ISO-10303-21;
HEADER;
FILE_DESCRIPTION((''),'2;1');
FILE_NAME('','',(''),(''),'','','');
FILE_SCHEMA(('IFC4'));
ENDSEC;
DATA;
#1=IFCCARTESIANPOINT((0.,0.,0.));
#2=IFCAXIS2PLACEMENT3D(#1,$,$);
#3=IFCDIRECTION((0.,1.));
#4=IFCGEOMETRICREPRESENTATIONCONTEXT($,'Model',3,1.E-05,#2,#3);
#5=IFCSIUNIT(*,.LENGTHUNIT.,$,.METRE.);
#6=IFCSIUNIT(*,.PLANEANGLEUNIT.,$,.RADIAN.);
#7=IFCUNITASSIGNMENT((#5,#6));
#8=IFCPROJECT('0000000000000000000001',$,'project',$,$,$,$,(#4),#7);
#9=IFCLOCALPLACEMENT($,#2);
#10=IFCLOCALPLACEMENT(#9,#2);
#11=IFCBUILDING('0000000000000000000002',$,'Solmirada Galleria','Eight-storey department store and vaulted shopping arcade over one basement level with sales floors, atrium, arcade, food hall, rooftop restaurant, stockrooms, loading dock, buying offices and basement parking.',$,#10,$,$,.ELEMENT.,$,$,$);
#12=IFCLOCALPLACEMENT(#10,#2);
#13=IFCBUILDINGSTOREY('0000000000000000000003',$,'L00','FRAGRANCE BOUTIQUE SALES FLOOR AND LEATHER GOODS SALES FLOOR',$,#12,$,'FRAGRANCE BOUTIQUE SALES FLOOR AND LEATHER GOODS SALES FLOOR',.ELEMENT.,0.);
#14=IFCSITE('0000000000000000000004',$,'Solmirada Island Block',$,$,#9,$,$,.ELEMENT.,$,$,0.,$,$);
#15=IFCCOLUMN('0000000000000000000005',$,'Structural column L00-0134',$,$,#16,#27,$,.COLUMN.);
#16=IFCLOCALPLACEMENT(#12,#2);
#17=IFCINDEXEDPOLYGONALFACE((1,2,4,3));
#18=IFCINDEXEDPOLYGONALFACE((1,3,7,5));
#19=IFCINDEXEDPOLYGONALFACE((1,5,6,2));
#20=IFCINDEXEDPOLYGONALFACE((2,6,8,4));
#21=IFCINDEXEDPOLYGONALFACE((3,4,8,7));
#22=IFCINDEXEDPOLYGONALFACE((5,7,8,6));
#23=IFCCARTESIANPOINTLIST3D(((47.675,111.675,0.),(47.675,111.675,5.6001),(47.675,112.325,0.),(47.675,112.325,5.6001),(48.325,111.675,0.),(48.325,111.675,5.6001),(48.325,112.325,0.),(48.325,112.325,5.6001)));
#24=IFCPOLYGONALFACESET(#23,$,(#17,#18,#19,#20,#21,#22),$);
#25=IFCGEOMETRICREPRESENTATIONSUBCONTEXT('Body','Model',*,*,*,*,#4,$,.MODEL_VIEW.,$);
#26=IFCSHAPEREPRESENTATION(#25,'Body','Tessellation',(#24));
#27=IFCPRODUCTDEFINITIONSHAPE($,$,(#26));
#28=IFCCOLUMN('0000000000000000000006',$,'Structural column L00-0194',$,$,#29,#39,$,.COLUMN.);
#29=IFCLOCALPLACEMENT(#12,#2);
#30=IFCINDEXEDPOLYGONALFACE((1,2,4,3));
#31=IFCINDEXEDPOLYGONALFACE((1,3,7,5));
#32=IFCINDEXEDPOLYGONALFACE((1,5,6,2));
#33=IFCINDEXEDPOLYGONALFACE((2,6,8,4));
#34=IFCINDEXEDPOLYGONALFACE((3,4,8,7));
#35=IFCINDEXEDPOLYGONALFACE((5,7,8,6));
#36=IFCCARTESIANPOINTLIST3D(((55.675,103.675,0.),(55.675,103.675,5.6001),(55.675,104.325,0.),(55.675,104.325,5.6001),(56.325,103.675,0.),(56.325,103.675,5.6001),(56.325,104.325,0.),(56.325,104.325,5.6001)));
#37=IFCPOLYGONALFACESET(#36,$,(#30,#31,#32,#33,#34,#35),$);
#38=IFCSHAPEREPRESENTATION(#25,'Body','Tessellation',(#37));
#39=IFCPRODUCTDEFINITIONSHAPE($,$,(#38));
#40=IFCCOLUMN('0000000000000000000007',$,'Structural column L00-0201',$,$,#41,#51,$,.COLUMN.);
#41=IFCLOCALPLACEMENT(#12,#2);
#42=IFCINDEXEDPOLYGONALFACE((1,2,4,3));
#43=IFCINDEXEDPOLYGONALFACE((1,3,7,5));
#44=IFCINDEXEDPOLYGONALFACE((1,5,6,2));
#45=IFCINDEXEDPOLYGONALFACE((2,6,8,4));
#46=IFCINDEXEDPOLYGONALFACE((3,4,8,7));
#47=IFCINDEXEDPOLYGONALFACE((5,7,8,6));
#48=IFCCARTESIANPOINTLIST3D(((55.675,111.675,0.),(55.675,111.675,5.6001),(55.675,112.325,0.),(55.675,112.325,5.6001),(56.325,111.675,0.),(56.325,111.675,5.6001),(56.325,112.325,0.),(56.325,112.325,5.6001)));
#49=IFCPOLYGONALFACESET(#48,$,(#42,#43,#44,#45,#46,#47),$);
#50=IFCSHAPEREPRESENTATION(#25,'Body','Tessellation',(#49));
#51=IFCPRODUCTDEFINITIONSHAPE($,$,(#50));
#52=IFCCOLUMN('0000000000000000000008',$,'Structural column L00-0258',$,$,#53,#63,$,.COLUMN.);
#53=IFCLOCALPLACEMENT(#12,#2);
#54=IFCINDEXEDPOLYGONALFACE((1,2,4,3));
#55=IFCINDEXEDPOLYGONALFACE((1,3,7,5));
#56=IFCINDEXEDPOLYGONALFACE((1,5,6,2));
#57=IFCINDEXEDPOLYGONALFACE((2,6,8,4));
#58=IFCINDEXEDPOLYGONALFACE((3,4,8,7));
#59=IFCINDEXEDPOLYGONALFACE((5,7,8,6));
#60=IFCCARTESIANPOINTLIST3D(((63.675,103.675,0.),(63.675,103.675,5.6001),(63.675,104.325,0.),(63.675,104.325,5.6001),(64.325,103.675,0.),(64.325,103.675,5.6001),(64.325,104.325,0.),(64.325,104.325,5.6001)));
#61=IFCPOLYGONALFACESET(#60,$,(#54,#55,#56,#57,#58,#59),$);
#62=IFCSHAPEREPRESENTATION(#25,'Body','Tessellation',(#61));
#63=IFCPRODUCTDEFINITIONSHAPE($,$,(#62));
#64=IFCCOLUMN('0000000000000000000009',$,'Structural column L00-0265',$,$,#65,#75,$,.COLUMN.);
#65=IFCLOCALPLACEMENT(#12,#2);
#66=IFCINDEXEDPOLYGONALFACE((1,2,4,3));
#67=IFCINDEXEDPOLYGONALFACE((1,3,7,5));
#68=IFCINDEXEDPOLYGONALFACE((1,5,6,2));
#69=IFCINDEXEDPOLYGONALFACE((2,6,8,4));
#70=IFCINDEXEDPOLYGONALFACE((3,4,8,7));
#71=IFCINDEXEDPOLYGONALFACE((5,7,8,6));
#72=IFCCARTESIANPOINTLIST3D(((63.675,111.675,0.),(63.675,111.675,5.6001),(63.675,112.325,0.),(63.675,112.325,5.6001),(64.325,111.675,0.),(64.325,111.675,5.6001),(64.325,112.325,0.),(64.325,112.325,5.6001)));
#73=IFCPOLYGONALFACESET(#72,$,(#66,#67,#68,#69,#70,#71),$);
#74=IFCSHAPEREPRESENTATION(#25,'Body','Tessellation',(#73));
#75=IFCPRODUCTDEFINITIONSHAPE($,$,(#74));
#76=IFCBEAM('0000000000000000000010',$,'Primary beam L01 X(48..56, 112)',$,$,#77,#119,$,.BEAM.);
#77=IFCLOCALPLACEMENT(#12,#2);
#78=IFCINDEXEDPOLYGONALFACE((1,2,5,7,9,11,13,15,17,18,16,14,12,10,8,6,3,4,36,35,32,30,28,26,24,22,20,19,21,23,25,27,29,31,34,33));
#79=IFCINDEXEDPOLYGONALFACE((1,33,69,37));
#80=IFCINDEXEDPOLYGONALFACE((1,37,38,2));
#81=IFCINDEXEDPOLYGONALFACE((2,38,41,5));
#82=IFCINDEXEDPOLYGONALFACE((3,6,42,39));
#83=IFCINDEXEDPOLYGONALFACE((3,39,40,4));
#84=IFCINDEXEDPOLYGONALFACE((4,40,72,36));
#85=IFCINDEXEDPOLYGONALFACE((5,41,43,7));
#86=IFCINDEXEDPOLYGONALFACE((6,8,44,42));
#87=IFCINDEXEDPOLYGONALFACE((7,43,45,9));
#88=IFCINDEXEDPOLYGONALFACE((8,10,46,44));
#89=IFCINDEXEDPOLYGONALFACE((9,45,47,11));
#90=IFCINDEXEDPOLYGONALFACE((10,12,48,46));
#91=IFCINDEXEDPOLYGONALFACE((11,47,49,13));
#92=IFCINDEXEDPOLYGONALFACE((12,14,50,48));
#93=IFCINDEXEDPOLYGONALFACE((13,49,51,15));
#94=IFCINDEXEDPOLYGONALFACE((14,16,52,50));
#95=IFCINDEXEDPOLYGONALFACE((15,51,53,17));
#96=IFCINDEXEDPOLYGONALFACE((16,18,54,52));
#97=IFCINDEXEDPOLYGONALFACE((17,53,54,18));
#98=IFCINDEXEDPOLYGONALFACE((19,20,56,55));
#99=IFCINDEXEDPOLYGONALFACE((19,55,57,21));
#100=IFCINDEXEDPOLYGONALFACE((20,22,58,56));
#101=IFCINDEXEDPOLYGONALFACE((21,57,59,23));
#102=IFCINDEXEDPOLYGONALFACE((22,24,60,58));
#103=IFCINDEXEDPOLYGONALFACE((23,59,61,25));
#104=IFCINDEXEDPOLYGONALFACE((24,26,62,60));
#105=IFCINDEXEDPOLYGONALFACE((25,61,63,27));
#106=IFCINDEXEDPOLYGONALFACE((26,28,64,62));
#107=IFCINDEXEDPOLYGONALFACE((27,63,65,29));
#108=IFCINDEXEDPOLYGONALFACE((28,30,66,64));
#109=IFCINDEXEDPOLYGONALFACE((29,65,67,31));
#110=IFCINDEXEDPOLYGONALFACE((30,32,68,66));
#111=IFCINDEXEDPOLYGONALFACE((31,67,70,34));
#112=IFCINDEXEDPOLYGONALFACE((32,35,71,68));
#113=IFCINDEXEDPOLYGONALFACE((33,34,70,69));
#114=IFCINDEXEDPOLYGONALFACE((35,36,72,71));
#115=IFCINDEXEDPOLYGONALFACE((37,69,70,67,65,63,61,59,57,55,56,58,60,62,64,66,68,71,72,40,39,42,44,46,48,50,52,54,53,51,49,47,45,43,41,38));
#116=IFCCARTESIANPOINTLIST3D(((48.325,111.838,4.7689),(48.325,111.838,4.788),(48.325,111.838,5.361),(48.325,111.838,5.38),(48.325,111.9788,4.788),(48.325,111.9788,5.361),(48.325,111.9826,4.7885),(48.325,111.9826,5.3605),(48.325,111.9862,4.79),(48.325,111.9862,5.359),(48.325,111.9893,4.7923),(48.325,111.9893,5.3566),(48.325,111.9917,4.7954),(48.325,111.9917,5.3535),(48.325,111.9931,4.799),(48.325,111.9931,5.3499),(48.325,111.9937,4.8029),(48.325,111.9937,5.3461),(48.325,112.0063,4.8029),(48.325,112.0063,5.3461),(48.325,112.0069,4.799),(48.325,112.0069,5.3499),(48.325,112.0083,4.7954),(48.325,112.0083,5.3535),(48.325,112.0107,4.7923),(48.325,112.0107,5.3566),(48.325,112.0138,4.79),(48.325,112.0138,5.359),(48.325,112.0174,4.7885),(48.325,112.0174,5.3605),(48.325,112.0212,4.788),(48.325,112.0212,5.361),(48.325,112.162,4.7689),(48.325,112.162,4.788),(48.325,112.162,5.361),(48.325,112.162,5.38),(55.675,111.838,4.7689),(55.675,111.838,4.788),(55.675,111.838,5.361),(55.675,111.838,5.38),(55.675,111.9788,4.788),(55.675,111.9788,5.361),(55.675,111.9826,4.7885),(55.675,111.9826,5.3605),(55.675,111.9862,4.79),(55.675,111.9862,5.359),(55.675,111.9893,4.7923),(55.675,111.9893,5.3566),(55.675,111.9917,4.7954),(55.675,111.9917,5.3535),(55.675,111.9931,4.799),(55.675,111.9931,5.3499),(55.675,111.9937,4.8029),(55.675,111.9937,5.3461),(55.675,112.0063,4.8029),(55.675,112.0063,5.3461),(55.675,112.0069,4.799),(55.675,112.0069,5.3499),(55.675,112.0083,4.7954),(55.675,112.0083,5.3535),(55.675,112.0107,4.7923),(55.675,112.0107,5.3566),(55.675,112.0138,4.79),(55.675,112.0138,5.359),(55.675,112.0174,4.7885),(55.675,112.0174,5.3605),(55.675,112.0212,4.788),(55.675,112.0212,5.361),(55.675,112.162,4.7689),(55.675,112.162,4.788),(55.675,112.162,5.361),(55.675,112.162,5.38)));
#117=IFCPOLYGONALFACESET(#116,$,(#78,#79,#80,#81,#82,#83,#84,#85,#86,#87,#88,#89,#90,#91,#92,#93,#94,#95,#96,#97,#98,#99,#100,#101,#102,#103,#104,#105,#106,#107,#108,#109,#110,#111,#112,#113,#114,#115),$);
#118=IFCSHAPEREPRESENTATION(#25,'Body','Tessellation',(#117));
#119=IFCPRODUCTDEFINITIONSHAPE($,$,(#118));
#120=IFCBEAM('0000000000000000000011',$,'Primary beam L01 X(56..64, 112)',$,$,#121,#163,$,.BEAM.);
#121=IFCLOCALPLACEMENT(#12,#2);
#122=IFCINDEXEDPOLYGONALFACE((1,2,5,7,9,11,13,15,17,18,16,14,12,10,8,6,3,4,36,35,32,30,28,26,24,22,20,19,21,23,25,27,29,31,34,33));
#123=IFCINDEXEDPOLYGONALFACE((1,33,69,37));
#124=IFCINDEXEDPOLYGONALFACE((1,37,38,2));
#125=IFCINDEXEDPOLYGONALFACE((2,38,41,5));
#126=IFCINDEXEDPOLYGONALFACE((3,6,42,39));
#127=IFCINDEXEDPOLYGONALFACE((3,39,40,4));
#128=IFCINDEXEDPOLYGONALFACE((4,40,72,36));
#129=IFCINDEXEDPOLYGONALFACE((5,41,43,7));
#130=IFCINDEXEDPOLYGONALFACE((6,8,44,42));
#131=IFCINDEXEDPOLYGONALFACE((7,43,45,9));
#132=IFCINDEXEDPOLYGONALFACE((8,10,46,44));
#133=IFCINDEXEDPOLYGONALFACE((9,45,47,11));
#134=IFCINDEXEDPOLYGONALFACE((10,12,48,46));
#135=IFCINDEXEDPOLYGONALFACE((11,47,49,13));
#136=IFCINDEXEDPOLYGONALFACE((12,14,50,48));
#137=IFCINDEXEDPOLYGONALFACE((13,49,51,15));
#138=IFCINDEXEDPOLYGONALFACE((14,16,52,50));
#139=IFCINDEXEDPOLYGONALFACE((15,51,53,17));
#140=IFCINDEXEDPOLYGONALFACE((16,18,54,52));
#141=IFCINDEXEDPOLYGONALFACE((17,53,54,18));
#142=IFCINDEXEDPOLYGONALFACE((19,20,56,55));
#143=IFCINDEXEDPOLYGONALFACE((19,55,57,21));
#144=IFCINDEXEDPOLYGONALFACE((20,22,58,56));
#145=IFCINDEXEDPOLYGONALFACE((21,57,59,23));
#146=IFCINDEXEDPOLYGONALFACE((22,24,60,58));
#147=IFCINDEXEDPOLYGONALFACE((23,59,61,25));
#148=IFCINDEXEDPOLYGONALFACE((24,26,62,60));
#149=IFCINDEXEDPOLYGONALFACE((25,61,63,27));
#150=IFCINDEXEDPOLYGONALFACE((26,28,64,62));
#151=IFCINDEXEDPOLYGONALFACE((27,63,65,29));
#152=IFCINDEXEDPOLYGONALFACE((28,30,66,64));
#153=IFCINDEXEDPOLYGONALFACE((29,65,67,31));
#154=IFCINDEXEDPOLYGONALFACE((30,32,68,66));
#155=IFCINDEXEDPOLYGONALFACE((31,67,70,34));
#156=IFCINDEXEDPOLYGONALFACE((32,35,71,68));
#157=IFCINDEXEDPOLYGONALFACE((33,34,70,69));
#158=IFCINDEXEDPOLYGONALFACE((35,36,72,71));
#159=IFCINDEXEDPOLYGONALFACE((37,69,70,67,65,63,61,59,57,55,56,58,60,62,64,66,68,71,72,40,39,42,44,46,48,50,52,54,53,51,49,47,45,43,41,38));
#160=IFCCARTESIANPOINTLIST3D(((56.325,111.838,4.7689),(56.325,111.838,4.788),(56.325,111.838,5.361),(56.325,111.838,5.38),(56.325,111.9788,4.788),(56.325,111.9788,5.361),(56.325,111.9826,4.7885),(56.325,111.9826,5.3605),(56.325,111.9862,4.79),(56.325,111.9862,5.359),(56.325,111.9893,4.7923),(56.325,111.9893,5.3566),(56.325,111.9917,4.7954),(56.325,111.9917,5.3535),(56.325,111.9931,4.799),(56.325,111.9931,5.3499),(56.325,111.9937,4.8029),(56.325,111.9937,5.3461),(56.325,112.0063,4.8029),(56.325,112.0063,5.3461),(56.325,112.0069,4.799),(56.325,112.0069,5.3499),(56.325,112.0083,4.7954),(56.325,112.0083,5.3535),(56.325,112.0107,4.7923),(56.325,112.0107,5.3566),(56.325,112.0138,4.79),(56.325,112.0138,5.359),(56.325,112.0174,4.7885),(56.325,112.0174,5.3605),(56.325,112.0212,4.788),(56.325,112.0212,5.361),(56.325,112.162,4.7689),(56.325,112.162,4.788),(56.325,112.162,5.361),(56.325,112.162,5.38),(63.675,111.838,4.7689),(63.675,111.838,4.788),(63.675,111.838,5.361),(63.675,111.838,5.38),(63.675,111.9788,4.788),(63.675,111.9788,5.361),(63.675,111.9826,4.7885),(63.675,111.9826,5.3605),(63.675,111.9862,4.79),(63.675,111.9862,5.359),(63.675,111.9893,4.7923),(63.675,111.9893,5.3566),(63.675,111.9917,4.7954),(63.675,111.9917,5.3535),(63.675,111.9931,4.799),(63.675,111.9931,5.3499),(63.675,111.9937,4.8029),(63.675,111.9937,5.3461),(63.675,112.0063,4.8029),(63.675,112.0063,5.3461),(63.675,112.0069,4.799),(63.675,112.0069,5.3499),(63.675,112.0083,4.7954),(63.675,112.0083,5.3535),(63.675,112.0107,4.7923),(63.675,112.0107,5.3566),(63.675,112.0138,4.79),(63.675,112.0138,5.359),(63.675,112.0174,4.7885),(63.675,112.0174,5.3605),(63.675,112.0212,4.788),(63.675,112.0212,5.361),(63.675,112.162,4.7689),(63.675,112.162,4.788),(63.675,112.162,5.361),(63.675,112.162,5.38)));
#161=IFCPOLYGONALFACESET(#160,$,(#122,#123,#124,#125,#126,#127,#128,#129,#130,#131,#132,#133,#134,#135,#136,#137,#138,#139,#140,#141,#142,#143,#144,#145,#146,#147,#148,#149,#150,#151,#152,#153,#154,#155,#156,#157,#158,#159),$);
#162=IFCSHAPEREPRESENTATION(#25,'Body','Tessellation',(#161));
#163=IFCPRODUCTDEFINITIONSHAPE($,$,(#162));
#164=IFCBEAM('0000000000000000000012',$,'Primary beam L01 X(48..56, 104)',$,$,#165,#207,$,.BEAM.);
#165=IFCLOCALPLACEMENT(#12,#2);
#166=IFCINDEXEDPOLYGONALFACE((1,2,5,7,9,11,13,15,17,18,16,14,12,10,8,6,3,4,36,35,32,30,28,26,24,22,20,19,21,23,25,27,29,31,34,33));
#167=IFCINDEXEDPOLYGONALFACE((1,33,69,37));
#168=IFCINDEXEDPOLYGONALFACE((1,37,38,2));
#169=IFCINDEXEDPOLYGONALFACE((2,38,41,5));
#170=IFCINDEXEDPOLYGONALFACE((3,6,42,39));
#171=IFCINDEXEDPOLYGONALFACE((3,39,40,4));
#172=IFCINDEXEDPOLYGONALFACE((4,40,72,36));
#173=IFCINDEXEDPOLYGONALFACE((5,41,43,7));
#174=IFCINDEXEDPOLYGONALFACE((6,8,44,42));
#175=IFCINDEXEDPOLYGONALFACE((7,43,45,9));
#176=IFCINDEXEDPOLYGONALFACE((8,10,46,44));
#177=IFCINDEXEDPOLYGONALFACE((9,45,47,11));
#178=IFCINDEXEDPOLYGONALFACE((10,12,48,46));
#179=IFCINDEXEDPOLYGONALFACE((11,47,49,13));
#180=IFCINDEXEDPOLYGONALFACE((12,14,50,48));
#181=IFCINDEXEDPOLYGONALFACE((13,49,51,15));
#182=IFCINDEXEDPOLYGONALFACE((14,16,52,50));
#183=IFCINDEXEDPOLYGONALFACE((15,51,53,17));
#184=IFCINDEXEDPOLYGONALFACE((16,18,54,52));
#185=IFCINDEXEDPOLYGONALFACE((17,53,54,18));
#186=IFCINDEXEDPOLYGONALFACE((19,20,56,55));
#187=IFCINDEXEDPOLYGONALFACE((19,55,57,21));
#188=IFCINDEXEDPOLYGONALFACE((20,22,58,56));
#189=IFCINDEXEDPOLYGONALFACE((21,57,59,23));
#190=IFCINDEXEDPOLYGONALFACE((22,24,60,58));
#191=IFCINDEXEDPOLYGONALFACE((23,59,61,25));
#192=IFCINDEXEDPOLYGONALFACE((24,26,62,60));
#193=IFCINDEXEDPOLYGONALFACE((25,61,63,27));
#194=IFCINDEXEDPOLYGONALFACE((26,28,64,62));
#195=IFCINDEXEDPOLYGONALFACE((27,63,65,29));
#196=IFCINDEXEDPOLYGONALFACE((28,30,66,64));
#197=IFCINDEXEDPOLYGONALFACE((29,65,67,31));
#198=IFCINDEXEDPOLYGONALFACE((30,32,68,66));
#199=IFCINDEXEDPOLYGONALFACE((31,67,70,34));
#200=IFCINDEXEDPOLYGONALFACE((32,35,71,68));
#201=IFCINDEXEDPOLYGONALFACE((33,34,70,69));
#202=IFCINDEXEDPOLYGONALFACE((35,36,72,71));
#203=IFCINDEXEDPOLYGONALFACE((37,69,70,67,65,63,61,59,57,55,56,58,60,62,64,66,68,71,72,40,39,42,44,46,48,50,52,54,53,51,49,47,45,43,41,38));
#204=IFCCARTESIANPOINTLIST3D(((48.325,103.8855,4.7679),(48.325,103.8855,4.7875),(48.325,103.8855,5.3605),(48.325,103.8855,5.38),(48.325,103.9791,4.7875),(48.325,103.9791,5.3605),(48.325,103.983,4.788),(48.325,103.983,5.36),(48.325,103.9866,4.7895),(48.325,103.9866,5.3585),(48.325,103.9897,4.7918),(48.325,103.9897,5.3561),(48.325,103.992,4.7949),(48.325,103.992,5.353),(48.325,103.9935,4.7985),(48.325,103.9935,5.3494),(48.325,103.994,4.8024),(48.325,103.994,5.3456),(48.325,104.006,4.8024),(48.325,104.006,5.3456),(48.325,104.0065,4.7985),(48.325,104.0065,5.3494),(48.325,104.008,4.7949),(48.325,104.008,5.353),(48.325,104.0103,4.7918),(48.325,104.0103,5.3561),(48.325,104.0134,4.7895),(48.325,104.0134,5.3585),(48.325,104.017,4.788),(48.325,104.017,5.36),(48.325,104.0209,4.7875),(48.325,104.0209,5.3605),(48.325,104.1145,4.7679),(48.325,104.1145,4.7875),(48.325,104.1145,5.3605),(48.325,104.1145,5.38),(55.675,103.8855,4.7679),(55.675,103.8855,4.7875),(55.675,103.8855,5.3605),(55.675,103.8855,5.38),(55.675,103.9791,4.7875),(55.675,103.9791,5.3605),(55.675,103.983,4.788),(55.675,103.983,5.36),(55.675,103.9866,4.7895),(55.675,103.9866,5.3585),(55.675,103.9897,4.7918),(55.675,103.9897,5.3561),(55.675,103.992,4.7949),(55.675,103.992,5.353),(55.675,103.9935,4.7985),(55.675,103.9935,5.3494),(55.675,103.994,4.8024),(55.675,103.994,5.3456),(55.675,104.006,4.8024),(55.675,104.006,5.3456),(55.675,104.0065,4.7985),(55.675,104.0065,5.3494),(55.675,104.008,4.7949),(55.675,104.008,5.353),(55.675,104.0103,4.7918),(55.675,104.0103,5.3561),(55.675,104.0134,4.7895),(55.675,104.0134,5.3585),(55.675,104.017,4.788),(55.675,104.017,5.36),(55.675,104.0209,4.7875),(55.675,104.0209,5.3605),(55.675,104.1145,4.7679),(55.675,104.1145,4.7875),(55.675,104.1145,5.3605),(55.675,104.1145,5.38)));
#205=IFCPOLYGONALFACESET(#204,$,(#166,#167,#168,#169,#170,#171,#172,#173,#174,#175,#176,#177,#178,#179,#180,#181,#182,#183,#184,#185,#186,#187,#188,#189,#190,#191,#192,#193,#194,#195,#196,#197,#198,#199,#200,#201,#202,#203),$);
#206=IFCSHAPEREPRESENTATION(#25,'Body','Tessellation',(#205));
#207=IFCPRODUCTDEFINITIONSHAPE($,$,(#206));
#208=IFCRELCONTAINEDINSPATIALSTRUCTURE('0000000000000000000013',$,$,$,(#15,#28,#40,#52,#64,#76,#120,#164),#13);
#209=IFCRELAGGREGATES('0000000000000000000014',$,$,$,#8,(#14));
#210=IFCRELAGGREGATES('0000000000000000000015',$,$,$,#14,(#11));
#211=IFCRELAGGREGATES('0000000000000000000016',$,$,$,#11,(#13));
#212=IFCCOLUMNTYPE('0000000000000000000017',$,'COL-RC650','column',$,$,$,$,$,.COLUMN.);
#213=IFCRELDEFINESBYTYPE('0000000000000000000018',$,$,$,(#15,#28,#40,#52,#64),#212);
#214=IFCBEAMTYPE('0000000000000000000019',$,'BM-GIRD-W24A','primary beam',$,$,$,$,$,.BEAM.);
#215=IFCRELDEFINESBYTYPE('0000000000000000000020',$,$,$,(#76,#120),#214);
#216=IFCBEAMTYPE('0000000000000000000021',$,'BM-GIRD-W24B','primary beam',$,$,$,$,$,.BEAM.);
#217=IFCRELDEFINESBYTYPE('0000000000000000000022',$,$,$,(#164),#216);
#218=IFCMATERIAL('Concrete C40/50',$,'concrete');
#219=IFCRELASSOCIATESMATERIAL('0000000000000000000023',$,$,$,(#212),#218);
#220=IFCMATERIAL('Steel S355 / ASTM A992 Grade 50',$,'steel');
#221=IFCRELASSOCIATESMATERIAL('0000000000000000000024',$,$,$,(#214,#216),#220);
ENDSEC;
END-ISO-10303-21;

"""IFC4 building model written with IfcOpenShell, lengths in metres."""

from ifc_helpers import new_model, si_unit, direction, frame, origin, origin_2d, place, context, subcontext, project, spatial, rectangle, i_section, extrude, material, material_profile, profile_set, type_object, element, save


model = new_model("IFC4")

# Units and contexts
model_context = context("Model", 3, precision=1e-05, world=origin(), true_north=direction((0.0, 1.0)))
body_context = subcontext(model_context, "Body", "Model", "MODEL_VIEW")
ifc_project = project(units=[si_unit("LENGTHUNIT", "METRE"), si_unit("PLANEANGLEUNIT", "RADIAN")], contexts=[model_context])

# Site, building, storey
site_placement = place(None, origin())
site = spatial("IfcSite", under=ifc_project, at=site_placement, Name="Solmirada Island Block", CompositionType="ELEMENT", RefElevation=0.0)
building_placement = place(site_placement, origin())
building = spatial("IfcBuilding", under=site, at=building_placement, Name="Solmirada Galleria", Description="Eight-storey department store and vaulted shopping arcade over one basement level with sales floors, atrium, arcade, food hall, rooftop restaurant, stockrooms, loading dock, buying offices and basement parking.", CompositionType="ELEMENT")
storey_placement = place(building_placement, origin())
storey = spatial("IfcBuildingStorey", under=building, at=storey_placement, Name="L00", Description="FRAGRANCE BOUTIQUE SALES FLOOR AND LEATHER GOODS SALES FLOOR", LongName="FRAGRANCE BOUTIQUE SALES FLOOR AND LEATHER GOODS SALES FLOOR", CompositionType="ELEMENT", Elevation=0.0)

# Columns
ifc_material_1 = material(Name="Concrete C40/50", Category="concrete")
ifc_material_profile_1 = material_profile(ifc_material_1, rectangle(XDim=0.6499, YDim=0.6499, at=origin_2d()), Name="RC650X650")
ifc_profile_set_1 = profile_set([ifc_material_profile_1], Name="Concrete C40/50")
column_type = type_object("IfcColumnType", Name="COL-RC650", Description="column", PredefinedType="COLUMN", material=ifc_profile_set_1)
for number, where, z_axis, x_axis, name in (
    (1, (48.0, 112.0, 0.0), (0.0, 0.0, 1.0), (1.0, 0.0, 0.0), "Structural column L00-0134"),
    (2, (56.0, 104.0, 0.0), (0.0, 0.0, 1.0), (1.0, 0.0, 0.0), "Structural column L00-0194"),
    (3, (56.0, 112.0, 0.0), (0.0, 0.0, 1.0), (1.0, 0.0, 0.0), "Structural column L00-0201"),
    (4, (64.0, 104.0, 0.0), (0.0, 0.0, 1.0), (1.0, 0.0, 0.0), "Structural column L00-0258"),
    (5, (64.0, 112.0, 0.0), (0.0, 0.0, 1.0), (1.0, 0.0, 0.0), "Structural column L00-0265"),
):
    element("IfcColumn", number, at=place(storey_placement, frame(where, z_axis=z_axis, x_axis=x_axis)), inside=storey, type_object=column_type, Name=name, PredefinedType="COLUMN", context=body_context, shape_type="SweptSolid", body=[
        extrude(rectangle(XDim=0.6499, YDim=0.6499, at=origin_2d()), origin(), (0.0, 0.0, 1.0), 5.6001),
    ])

# Beams
ifc_material_2 = material(Name="Steel S355 / ASTM A992 Grade 50", Category="steel")
ifc_material_profile_2 = material_profile(ifc_material_2, i_section(OverallWidth=0.324, OverallDepth=0.6111, WebThickness=0.0127, FlangeThickness=0.019, FilletRadius=0.0149, at=origin_2d()), Name="W24X104")
ifc_profile_set_2 = profile_set([ifc_material_profile_2], Name="Steel S355 / ASTM A992 Grade 50")
beam_type_1 = type_object("IfcBeamType", Name="BM-GIRD-W24A", Description="primary beam", PredefinedType="BEAM", material=ifc_profile_set_2)
for number, where, z_axis, x_axis, name in (
    (6, (48.325, 112.0, 5.0745), (1.0, 0.0, 0.0), (0.0, 1.0, 0.0), "Primary beam L01 X(48..56, 112)"),
    (7, (56.325, 112.0, 5.0745), (1.0, 0.0, 0.0), (0.0, 1.0, 0.0), "Primary beam L01 X(56..64, 112)"),
):
    element("IfcBeam", number, at=place(storey_placement, frame(where, z_axis=z_axis, x_axis=x_axis)), inside=storey, type_object=beam_type_1, Name=name, PredefinedType="BEAM", context=body_context, shape_type="SweptSolid", body=[
        extrude(i_section(OverallWidth=0.324, OverallDepth=0.6111, WebThickness=0.0127, FlangeThickness=0.019, FilletRadius=0.0149, at=origin_2d()), origin(), (0.0, 0.0, 1.0), 7.3501),
    ])
ifc_material_profile_3 = material_profile(ifc_material_2, i_section(OverallWidth=0.229, OverallDepth=0.6121, WebThickness=0.012, FlangeThickness=0.0195, FilletRadius=0.0149, at=origin_2d()), Name="W24X84")
ifc_profile_set_3 = profile_set([ifc_material_profile_3], Name="Steel S355 / ASTM A992 Grade 50")
beam_type_2 = type_object("IfcBeamType", Name="BM-GIRD-W24B", Description="primary beam", PredefinedType="BEAM", material=ifc_profile_set_3)
for number, where, z_axis, x_axis, name in (
    (8, (48.325, 104.0, 5.074), (1.0, 0.0, 0.0), (0.0, 1.0, 0.0), "Primary beam L01 X(48..56, 104)"),
):
    element("IfcBeam", number, at=place(storey_placement, frame(where, z_axis=z_axis, x_axis=x_axis)), inside=storey, type_object=beam_type_2, Name=name, PredefinedType="BEAM", context=body_context, shape_type="SweptSolid", body=[
        extrude(i_section(OverallWidth=0.229, OverallDepth=0.6121, WebThickness=0.012, FlangeThickness=0.0195, FilletRadius=0.0149, at=origin_2d()), origin(), (0.0, 0.0, 1.0), 7.3501),
    ])

save(model, "model.ifc")
